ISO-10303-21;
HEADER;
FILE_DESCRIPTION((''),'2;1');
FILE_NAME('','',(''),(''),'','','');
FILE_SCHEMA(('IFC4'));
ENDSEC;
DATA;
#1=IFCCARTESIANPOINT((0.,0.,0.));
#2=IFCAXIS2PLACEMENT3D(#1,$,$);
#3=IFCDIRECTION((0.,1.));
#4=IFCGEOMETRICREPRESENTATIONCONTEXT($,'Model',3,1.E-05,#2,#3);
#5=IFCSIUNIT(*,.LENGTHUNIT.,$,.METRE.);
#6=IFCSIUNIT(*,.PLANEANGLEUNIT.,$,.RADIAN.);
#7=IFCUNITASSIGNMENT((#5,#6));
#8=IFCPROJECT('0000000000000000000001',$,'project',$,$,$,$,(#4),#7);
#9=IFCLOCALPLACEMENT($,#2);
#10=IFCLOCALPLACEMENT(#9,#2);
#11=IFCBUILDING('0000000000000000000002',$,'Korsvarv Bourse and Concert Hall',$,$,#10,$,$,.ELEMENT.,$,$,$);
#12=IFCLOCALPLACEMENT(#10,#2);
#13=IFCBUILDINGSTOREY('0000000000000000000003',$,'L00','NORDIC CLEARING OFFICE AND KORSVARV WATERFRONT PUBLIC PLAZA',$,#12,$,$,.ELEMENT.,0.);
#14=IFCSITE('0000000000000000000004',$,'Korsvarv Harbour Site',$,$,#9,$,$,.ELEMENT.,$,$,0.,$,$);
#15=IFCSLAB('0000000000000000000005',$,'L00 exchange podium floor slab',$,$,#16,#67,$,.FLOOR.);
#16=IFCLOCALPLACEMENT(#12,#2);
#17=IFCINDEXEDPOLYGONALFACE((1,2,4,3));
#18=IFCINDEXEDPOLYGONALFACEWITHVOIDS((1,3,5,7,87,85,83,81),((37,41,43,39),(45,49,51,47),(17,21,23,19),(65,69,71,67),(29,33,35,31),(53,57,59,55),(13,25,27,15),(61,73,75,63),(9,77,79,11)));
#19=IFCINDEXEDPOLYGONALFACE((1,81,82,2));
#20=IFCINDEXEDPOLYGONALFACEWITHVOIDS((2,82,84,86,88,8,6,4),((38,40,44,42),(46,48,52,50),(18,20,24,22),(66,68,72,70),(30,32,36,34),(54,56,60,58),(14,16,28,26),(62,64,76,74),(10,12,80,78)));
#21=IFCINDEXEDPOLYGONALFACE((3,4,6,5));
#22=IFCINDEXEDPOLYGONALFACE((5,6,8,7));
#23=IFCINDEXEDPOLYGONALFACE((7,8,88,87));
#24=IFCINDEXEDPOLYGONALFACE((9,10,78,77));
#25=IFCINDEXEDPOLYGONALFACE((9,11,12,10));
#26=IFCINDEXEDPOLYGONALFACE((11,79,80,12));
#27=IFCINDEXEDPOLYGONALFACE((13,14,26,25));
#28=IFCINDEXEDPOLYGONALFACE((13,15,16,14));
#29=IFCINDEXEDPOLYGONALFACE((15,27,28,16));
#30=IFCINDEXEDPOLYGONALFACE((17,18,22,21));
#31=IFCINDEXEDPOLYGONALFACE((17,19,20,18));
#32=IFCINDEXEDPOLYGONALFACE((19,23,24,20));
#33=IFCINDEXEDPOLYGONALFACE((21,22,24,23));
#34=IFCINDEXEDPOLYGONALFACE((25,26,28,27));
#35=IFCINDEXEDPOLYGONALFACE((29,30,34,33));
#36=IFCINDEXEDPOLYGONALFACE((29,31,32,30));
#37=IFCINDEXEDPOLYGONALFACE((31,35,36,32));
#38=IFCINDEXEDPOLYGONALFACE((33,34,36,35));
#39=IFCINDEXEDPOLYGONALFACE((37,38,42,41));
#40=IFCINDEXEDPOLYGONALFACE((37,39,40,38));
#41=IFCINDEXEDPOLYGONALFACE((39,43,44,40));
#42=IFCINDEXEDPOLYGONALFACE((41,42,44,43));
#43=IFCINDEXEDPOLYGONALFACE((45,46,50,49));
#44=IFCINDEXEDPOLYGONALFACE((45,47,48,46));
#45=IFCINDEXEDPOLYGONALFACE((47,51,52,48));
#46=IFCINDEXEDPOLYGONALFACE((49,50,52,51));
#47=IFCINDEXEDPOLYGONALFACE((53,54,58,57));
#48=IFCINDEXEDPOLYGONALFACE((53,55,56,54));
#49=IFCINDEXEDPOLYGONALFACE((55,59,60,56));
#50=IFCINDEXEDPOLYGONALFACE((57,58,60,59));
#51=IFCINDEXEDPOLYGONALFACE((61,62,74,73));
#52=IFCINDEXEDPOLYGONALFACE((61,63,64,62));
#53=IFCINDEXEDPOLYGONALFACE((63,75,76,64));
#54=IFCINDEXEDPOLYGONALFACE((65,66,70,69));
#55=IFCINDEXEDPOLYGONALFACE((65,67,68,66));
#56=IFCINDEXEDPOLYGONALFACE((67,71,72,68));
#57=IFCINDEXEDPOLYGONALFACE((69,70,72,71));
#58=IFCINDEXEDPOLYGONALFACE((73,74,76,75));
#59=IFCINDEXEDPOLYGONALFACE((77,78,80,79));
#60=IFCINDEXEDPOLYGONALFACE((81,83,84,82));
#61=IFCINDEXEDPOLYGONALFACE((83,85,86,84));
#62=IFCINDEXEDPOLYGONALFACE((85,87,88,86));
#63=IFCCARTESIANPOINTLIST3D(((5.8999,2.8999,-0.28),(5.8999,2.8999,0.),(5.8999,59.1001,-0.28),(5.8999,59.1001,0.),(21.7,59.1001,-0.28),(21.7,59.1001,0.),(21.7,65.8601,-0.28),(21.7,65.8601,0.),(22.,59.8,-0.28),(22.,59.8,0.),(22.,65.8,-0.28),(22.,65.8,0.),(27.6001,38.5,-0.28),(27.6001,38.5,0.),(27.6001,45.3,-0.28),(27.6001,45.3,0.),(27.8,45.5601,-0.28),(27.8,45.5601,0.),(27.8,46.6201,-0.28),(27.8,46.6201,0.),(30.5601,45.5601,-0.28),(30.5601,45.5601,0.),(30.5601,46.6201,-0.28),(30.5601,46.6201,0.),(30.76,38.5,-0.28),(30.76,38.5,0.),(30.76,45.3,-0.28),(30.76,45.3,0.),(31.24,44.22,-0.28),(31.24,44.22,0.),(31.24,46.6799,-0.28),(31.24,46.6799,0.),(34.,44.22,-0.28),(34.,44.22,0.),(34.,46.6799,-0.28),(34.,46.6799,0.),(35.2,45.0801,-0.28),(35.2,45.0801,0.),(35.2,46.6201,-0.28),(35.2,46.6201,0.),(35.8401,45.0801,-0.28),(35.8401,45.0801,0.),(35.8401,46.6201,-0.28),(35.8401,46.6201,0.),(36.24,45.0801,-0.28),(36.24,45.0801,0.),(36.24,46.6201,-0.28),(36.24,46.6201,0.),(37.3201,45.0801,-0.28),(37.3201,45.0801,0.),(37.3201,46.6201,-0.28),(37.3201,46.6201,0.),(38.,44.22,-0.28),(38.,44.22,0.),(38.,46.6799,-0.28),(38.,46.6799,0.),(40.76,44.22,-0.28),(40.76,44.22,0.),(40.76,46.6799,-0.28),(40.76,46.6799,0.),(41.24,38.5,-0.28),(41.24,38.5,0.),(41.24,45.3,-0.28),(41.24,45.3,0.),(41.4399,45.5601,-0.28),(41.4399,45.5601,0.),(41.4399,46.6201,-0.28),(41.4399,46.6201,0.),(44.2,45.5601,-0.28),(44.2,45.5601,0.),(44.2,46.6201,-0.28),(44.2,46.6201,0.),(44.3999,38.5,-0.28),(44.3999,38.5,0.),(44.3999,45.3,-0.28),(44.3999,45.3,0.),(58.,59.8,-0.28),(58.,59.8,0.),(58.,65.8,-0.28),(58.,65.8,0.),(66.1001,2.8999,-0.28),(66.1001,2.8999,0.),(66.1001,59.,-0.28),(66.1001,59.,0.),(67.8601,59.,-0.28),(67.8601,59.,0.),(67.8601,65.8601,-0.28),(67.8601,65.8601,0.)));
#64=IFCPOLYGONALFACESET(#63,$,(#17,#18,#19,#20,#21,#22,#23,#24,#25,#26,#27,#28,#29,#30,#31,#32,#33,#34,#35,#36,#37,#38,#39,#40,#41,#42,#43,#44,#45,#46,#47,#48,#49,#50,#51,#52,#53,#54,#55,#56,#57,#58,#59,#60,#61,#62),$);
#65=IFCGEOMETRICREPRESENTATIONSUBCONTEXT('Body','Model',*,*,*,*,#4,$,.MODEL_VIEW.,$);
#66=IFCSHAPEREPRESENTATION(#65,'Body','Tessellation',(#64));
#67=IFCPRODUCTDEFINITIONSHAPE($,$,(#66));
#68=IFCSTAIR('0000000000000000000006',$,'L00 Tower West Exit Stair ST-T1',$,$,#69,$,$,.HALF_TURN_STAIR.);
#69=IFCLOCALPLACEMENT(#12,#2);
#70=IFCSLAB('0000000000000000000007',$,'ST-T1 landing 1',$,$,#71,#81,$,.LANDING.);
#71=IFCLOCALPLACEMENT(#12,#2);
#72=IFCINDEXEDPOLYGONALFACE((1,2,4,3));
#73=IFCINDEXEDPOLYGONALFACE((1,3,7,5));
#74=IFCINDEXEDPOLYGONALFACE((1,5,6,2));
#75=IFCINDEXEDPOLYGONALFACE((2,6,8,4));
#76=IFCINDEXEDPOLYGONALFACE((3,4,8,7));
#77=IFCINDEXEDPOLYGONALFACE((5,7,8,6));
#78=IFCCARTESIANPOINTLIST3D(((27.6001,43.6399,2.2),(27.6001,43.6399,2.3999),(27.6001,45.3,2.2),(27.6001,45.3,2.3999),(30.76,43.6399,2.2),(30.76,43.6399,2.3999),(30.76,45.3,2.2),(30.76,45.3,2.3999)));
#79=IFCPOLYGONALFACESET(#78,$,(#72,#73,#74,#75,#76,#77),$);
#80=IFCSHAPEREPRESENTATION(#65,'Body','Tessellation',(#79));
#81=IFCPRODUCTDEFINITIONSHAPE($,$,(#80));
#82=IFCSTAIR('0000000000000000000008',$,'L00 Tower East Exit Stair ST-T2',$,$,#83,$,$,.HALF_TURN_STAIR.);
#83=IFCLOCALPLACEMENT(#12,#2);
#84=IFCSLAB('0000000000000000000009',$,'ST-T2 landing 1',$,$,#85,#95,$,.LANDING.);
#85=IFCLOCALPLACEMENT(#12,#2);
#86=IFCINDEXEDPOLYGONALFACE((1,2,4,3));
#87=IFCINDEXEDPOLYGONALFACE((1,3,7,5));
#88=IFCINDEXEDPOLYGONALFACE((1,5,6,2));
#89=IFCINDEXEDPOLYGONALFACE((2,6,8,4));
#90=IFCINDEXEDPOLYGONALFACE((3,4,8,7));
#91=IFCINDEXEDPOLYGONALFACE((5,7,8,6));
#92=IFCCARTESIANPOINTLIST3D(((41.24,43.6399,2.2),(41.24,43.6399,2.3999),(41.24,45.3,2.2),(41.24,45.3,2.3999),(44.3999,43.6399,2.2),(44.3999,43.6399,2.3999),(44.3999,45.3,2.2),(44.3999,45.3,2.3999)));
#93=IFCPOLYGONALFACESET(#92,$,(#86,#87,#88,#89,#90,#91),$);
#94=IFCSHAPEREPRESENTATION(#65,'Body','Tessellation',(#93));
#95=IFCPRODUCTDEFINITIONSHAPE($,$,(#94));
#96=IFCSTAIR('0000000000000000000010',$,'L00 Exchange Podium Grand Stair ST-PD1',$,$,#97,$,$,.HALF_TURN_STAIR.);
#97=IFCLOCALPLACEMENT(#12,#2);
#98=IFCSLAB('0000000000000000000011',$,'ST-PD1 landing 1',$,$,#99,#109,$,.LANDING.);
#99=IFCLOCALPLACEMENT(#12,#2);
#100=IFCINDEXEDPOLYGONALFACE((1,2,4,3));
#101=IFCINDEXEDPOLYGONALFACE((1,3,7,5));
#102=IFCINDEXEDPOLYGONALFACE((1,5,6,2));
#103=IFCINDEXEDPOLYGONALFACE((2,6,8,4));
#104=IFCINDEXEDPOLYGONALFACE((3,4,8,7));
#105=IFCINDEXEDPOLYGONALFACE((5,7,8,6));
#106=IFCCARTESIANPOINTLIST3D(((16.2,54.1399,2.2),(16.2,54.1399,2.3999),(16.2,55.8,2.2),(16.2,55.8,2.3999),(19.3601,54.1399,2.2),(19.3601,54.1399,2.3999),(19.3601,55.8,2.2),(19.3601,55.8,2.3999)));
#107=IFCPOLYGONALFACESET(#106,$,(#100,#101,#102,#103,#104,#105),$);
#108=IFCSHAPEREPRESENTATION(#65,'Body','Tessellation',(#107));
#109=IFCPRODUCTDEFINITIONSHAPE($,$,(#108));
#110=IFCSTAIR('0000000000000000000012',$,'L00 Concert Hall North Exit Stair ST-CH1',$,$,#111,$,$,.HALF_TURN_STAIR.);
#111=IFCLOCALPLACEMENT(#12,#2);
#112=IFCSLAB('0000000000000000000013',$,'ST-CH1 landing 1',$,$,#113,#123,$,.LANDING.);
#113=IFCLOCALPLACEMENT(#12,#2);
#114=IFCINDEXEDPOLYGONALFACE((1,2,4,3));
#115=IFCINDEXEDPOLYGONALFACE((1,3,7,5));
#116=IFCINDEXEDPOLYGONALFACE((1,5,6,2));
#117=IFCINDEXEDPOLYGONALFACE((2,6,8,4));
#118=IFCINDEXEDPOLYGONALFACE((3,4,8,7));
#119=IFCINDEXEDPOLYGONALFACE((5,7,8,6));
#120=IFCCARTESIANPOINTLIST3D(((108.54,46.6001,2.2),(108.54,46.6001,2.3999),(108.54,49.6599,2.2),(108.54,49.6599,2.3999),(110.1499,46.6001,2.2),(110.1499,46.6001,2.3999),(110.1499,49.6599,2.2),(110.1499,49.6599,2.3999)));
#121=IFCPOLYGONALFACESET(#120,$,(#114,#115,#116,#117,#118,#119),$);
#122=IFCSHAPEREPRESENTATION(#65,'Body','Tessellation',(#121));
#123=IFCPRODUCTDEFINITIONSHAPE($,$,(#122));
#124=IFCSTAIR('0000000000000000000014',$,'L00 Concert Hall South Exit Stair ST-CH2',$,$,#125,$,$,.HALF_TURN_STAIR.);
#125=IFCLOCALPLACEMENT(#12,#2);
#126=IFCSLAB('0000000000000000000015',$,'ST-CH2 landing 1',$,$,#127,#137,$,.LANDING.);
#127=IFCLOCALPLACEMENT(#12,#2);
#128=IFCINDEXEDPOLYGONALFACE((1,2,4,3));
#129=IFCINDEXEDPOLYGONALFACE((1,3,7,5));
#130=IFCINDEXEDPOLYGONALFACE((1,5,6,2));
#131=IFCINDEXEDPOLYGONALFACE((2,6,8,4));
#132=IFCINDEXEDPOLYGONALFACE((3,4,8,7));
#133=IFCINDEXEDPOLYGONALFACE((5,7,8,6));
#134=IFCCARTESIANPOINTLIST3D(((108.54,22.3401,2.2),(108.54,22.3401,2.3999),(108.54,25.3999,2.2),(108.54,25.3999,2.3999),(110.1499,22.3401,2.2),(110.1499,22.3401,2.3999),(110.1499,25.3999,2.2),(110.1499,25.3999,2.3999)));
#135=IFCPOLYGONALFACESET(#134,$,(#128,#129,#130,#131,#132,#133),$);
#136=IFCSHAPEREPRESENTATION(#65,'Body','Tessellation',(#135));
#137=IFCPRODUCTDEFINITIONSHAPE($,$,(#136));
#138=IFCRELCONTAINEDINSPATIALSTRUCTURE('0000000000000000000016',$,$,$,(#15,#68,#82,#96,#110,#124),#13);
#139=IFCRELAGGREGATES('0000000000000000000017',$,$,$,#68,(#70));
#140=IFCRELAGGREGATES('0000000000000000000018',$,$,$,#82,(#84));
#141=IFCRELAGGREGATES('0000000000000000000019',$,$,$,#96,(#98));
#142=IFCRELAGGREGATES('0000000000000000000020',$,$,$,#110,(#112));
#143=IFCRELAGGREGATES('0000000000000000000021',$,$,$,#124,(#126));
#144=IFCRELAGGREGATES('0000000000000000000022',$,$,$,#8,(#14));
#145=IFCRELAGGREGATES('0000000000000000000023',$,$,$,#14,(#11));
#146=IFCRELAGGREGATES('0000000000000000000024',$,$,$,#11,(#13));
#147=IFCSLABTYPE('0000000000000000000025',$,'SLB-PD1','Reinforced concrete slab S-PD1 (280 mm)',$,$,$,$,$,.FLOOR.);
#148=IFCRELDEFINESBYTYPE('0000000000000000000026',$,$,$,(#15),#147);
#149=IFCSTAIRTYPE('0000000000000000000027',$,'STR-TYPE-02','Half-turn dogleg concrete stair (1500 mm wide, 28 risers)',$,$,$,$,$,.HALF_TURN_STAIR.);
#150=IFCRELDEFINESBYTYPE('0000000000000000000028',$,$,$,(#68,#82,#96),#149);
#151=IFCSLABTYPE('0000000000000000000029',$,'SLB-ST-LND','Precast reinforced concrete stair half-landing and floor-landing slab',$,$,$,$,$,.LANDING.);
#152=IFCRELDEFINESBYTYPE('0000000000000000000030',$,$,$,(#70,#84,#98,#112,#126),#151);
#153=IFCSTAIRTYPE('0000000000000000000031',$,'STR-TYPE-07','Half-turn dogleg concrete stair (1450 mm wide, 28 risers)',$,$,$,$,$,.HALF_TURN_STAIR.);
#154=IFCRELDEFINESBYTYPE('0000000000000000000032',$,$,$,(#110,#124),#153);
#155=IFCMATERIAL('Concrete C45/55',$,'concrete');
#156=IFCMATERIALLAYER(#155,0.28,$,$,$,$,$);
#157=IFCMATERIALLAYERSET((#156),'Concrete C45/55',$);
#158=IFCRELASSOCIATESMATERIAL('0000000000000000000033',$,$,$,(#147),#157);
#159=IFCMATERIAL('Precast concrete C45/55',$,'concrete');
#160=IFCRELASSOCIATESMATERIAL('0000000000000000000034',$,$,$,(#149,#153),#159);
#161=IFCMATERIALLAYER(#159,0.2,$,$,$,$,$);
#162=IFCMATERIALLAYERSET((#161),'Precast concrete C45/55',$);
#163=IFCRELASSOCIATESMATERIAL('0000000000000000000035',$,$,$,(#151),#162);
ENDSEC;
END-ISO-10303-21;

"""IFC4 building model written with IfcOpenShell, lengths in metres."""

from ifc_helpers import new_model, si_unit, direction, frame, origin, place, context, subcontext, project, spatial, polyline, outline, extrude, material, layer, layer_set, type_object, element, aggregate, save


model = new_model("IFC4")

# Units and contexts
model_context = context("Model", 3, precision=1e-05, world=origin(), true_north=direction((0.0, 1.0)))
body_context = subcontext(model_context, "Body", "Model", "MODEL_VIEW")
ifc_project = project(units=[si_unit("LENGTHUNIT", "METRE"), si_unit("PLANEANGLEUNIT", "RADIAN")], contexts=[model_context])

# Site, building, storey
site_placement = place(None, origin())
site = spatial("IfcSite", under=ifc_project, at=site_placement, Name="Korsvarv Harbour Site", CompositionType="ELEMENT", RefElevation=0.0)
building_placement = place(site_placement, origin())
building = spatial("IfcBuilding", under=site, at=building_placement, Name="Korsvarv Bourse and Concert Hall", CompositionType="ELEMENT")
storey_placement = place(building_placement, origin())
storey = spatial("IfcBuildingStorey", under=building, at=storey_placement, Name="L00", Description="NORDIC CLEARING OFFICE AND KORSVARV WATERFRONT PUBLIC PLAZA", CompositionType="ELEMENT", Elevation=0.0)

# Slab
ifc_material_1 = material(Name="Concrete C45/55", Category="concrete")
ifc_material_2 = material(Name="Precast concrete C45/55", Category="concrete")
ifc_layer_1 = layer(ifc_material_1, 0.28)
ifc_layer_set_1 = layer_set([ifc_layer_1], Name="Concrete C45/55")
slab_type_1 = type_object("IfcSlabType", Name="SLB-PD1", Description="Reinforced concrete slab S-PD1 (280 mm)", PredefinedType="FLOOR", material=ifc_layer_set_1)
slab_1_placement = place(storey_placement, frame((0.0, 0.0, -0.28)))
element("IfcSlab", 1, at=slab_1_placement, inside=storey, type_object=slab_type_1, Name="L00 exchange podium floor slab", PredefinedType="FLOOR", context=body_context, shape_type="SweptSolid", body=[
    extrude(outline(polyline([(66.1001, 2.8999), (5.8999, 2.8999), (5.8999, 59.1001), (21.7, 59.1001), (21.7, 65.8601), (67.8601, 65.8601), (67.8601, 59.0), (66.1001, 59.0), (66.1001, 2.8999)]), holes=[polyline([(30.76, 38.5), (30.76, 45.3), (27.6001, 45.3), (27.6001, 38.5), (30.76, 38.5)]), polyline([(44.3999, 38.5), (44.3999, 45.3), (41.24, 45.3), (41.24, 38.5), (44.3999, 38.5)]), polyline([(31.24, 44.22), (34.0, 44.22), (34.0, 46.6799), (31.24, 46.6799), (31.24, 44.22)]), polyline([(38.0, 44.22), (40.76, 44.22), (40.76, 46.6799), (38.0, 46.6799), (38.0, 44.22)]), polyline([(27.8, 45.5601), (30.5601, 45.5601), (30.5601, 46.6201), (27.8, 46.6201), (27.8, 45.5601)]), polyline([(41.4399, 45.5601), (44.2, 45.5601), (44.2, 46.6201), (41.4399, 46.6201), (41.4399, 45.5601)]), polyline([(35.2, 45.0801), (35.8401, 45.0801), (35.8401, 46.6201), (35.2, 46.6201), (35.2, 45.0801)]), polyline([(36.24, 45.0801), (37.3201, 45.0801), (37.3201, 46.6201), (36.24, 46.6201), (36.24, 45.0801)]), polyline([(22.0, 59.8), (58.0, 59.8), (58.0, 65.8), (22.0, 65.8), (22.0, 59.8)])]), origin(), (0.0, 0.0, 1.0), 0.28),
])

# Stairs, slabs
stair_type_1 = type_object("IfcStairType", Name="STR-TYPE-02", Description="Half-turn dogleg concrete stair (1500 mm wide, 28 risers)", PredefinedType="HALF_TURN_STAIR", material=ifc_material_2)
stair_1_placement = place(storey_placement, origin())
stair_1 = element("IfcStair", 2, at=stair_1_placement, inside=storey, type_object=stair_type_1, Name="L00 Tower West Exit Stair ST-T1", PredefinedType="HALF_TURN_STAIR")
ifc_layer_2 = layer(ifc_material_2, 0.2)
ifc_layer_set_2 = layer_set([ifc_layer_2], Name="Precast concrete C45/55")
slab_type_2 = type_object("IfcSlabType", Name="SLB-ST-LND", Description="Precast reinforced concrete stair half-landing and floor-landing slab", PredefinedType="LANDING", material=ifc_layer_set_2)
slab_2_placement = place(storey_placement, frame((0.0, 0.0, 2.2)))
slab_2 = element("IfcSlab", 3, at=slab_2_placement, type_object=slab_type_2, Name="ST-T1 landing 1", PredefinedType="LANDING", context=body_context, shape_type="SweptSolid", body=[
    extrude(outline(polyline([(30.76, 43.6399), (30.76, 45.3), (27.6001, 45.3), (27.6001, 43.6399), (30.76, 43.6399)])), origin(), (0.0, 0.0, 1.0), 0.2),
])
aggregate(stair_1, [slab_2])
stair_2_placement = place(storey_placement, origin())
stair_2 = element("IfcStair", 4, at=stair_2_placement, inside=storey, type_object=stair_type_1, Name="L00 Tower East Exit Stair ST-T2", PredefinedType="HALF_TURN_STAIR")
slab_3_placement = place(storey_placement, frame((0.0, 0.0, 2.2)))
slab_3 = element("IfcSlab", 5, at=slab_3_placement, type_object=slab_type_2, Name="ST-T2 landing 1", PredefinedType="LANDING", context=body_context, shape_type="SweptSolid", body=[
    extrude(outline(polyline([(44.3999, 43.6399), (44.3999, 45.3), (41.24, 45.3), (41.24, 43.6399), (44.3999, 43.6399)])), origin(), (0.0, 0.0, 1.0), 0.2),
])
aggregate(stair_2, [slab_3])
stair_3_placement = place(storey_placement, origin())
stair_3 = element("IfcStair", 6, at=stair_3_placement, inside=storey, type_object=stair_type_1, Name="L00 Exchange Podium Grand Stair ST-PD1", PredefinedType="HALF_TURN_STAIR")
slab_4_placement = place(storey_placement, frame((0.0, 0.0, 2.2)))
slab_4 = element("IfcSlab", 7, at=slab_4_placement, type_object=slab_type_2, Name="ST-PD1 landing 1", PredefinedType="LANDING", context=body_context, shape_type="SweptSolid", body=[
    extrude(outline(polyline([(19.3601, 54.1399), (19.3601, 55.8), (16.2, 55.8), (16.2, 54.1399), (19.3601, 54.1399)])), origin(), (0.0, 0.0, 1.0), 0.2),
])
aggregate(stair_3, [slab_4])
stair_type_2 = type_object("IfcStairType", Name="STR-TYPE-07", Description="Half-turn dogleg concrete stair (1450 mm wide, 28 risers)", PredefinedType="HALF_TURN_STAIR", material=ifc_material_2)
stair_4_placement = place(storey_placement, origin())
stair_4 = element("IfcStair", 8, at=stair_4_placement, inside=storey, type_object=stair_type_2, Name="L00 Concert Hall North Exit Stair ST-CH1", PredefinedType="HALF_TURN_STAIR")
slab_5_placement = place(storey_placement, frame((0.0, 0.0, 2.2)))
slab_5 = element("IfcSlab", 9, at=slab_5_placement, type_object=slab_type_2, Name="ST-CH1 landing 1", PredefinedType="LANDING", context=body_context, shape_type="SweptSolid", body=[
    extrude(outline(polyline([(108.54, 46.6001), (110.1499, 46.6001), (110.1499, 49.6599), (108.54, 49.6599), (108.54, 46.6001)])), origin(), (0.0, 0.0, 1.0), 0.2),
])
aggregate(stair_4, [slab_5])
stair_5_placement = place(storey_placement, origin())
stair_5 = element("IfcStair", 10, at=stair_5_placement, inside=storey, type_object=stair_type_2, Name="L00 Concert Hall South Exit Stair ST-CH2", PredefinedType="HALF_TURN_STAIR")
slab_6_placement = place(storey_placement, frame((0.0, 0.0, 2.2)))
slab_6 = element("IfcSlab", 11, at=slab_6_placement, type_object=slab_type_2, Name="ST-CH2 landing 1", PredefinedType="LANDING", context=body_context, shape_type="SweptSolid", body=[
    extrude(outline(polyline([(108.54, 22.3401), (110.1499, 22.3401), (110.1499, 25.3999), (108.54, 25.3999), (108.54, 22.3401)])), origin(), (0.0, 0.0, 1.0), 0.2),
])
aggregate(stair_5, [slab_6])

save(model, "model.ifc")
